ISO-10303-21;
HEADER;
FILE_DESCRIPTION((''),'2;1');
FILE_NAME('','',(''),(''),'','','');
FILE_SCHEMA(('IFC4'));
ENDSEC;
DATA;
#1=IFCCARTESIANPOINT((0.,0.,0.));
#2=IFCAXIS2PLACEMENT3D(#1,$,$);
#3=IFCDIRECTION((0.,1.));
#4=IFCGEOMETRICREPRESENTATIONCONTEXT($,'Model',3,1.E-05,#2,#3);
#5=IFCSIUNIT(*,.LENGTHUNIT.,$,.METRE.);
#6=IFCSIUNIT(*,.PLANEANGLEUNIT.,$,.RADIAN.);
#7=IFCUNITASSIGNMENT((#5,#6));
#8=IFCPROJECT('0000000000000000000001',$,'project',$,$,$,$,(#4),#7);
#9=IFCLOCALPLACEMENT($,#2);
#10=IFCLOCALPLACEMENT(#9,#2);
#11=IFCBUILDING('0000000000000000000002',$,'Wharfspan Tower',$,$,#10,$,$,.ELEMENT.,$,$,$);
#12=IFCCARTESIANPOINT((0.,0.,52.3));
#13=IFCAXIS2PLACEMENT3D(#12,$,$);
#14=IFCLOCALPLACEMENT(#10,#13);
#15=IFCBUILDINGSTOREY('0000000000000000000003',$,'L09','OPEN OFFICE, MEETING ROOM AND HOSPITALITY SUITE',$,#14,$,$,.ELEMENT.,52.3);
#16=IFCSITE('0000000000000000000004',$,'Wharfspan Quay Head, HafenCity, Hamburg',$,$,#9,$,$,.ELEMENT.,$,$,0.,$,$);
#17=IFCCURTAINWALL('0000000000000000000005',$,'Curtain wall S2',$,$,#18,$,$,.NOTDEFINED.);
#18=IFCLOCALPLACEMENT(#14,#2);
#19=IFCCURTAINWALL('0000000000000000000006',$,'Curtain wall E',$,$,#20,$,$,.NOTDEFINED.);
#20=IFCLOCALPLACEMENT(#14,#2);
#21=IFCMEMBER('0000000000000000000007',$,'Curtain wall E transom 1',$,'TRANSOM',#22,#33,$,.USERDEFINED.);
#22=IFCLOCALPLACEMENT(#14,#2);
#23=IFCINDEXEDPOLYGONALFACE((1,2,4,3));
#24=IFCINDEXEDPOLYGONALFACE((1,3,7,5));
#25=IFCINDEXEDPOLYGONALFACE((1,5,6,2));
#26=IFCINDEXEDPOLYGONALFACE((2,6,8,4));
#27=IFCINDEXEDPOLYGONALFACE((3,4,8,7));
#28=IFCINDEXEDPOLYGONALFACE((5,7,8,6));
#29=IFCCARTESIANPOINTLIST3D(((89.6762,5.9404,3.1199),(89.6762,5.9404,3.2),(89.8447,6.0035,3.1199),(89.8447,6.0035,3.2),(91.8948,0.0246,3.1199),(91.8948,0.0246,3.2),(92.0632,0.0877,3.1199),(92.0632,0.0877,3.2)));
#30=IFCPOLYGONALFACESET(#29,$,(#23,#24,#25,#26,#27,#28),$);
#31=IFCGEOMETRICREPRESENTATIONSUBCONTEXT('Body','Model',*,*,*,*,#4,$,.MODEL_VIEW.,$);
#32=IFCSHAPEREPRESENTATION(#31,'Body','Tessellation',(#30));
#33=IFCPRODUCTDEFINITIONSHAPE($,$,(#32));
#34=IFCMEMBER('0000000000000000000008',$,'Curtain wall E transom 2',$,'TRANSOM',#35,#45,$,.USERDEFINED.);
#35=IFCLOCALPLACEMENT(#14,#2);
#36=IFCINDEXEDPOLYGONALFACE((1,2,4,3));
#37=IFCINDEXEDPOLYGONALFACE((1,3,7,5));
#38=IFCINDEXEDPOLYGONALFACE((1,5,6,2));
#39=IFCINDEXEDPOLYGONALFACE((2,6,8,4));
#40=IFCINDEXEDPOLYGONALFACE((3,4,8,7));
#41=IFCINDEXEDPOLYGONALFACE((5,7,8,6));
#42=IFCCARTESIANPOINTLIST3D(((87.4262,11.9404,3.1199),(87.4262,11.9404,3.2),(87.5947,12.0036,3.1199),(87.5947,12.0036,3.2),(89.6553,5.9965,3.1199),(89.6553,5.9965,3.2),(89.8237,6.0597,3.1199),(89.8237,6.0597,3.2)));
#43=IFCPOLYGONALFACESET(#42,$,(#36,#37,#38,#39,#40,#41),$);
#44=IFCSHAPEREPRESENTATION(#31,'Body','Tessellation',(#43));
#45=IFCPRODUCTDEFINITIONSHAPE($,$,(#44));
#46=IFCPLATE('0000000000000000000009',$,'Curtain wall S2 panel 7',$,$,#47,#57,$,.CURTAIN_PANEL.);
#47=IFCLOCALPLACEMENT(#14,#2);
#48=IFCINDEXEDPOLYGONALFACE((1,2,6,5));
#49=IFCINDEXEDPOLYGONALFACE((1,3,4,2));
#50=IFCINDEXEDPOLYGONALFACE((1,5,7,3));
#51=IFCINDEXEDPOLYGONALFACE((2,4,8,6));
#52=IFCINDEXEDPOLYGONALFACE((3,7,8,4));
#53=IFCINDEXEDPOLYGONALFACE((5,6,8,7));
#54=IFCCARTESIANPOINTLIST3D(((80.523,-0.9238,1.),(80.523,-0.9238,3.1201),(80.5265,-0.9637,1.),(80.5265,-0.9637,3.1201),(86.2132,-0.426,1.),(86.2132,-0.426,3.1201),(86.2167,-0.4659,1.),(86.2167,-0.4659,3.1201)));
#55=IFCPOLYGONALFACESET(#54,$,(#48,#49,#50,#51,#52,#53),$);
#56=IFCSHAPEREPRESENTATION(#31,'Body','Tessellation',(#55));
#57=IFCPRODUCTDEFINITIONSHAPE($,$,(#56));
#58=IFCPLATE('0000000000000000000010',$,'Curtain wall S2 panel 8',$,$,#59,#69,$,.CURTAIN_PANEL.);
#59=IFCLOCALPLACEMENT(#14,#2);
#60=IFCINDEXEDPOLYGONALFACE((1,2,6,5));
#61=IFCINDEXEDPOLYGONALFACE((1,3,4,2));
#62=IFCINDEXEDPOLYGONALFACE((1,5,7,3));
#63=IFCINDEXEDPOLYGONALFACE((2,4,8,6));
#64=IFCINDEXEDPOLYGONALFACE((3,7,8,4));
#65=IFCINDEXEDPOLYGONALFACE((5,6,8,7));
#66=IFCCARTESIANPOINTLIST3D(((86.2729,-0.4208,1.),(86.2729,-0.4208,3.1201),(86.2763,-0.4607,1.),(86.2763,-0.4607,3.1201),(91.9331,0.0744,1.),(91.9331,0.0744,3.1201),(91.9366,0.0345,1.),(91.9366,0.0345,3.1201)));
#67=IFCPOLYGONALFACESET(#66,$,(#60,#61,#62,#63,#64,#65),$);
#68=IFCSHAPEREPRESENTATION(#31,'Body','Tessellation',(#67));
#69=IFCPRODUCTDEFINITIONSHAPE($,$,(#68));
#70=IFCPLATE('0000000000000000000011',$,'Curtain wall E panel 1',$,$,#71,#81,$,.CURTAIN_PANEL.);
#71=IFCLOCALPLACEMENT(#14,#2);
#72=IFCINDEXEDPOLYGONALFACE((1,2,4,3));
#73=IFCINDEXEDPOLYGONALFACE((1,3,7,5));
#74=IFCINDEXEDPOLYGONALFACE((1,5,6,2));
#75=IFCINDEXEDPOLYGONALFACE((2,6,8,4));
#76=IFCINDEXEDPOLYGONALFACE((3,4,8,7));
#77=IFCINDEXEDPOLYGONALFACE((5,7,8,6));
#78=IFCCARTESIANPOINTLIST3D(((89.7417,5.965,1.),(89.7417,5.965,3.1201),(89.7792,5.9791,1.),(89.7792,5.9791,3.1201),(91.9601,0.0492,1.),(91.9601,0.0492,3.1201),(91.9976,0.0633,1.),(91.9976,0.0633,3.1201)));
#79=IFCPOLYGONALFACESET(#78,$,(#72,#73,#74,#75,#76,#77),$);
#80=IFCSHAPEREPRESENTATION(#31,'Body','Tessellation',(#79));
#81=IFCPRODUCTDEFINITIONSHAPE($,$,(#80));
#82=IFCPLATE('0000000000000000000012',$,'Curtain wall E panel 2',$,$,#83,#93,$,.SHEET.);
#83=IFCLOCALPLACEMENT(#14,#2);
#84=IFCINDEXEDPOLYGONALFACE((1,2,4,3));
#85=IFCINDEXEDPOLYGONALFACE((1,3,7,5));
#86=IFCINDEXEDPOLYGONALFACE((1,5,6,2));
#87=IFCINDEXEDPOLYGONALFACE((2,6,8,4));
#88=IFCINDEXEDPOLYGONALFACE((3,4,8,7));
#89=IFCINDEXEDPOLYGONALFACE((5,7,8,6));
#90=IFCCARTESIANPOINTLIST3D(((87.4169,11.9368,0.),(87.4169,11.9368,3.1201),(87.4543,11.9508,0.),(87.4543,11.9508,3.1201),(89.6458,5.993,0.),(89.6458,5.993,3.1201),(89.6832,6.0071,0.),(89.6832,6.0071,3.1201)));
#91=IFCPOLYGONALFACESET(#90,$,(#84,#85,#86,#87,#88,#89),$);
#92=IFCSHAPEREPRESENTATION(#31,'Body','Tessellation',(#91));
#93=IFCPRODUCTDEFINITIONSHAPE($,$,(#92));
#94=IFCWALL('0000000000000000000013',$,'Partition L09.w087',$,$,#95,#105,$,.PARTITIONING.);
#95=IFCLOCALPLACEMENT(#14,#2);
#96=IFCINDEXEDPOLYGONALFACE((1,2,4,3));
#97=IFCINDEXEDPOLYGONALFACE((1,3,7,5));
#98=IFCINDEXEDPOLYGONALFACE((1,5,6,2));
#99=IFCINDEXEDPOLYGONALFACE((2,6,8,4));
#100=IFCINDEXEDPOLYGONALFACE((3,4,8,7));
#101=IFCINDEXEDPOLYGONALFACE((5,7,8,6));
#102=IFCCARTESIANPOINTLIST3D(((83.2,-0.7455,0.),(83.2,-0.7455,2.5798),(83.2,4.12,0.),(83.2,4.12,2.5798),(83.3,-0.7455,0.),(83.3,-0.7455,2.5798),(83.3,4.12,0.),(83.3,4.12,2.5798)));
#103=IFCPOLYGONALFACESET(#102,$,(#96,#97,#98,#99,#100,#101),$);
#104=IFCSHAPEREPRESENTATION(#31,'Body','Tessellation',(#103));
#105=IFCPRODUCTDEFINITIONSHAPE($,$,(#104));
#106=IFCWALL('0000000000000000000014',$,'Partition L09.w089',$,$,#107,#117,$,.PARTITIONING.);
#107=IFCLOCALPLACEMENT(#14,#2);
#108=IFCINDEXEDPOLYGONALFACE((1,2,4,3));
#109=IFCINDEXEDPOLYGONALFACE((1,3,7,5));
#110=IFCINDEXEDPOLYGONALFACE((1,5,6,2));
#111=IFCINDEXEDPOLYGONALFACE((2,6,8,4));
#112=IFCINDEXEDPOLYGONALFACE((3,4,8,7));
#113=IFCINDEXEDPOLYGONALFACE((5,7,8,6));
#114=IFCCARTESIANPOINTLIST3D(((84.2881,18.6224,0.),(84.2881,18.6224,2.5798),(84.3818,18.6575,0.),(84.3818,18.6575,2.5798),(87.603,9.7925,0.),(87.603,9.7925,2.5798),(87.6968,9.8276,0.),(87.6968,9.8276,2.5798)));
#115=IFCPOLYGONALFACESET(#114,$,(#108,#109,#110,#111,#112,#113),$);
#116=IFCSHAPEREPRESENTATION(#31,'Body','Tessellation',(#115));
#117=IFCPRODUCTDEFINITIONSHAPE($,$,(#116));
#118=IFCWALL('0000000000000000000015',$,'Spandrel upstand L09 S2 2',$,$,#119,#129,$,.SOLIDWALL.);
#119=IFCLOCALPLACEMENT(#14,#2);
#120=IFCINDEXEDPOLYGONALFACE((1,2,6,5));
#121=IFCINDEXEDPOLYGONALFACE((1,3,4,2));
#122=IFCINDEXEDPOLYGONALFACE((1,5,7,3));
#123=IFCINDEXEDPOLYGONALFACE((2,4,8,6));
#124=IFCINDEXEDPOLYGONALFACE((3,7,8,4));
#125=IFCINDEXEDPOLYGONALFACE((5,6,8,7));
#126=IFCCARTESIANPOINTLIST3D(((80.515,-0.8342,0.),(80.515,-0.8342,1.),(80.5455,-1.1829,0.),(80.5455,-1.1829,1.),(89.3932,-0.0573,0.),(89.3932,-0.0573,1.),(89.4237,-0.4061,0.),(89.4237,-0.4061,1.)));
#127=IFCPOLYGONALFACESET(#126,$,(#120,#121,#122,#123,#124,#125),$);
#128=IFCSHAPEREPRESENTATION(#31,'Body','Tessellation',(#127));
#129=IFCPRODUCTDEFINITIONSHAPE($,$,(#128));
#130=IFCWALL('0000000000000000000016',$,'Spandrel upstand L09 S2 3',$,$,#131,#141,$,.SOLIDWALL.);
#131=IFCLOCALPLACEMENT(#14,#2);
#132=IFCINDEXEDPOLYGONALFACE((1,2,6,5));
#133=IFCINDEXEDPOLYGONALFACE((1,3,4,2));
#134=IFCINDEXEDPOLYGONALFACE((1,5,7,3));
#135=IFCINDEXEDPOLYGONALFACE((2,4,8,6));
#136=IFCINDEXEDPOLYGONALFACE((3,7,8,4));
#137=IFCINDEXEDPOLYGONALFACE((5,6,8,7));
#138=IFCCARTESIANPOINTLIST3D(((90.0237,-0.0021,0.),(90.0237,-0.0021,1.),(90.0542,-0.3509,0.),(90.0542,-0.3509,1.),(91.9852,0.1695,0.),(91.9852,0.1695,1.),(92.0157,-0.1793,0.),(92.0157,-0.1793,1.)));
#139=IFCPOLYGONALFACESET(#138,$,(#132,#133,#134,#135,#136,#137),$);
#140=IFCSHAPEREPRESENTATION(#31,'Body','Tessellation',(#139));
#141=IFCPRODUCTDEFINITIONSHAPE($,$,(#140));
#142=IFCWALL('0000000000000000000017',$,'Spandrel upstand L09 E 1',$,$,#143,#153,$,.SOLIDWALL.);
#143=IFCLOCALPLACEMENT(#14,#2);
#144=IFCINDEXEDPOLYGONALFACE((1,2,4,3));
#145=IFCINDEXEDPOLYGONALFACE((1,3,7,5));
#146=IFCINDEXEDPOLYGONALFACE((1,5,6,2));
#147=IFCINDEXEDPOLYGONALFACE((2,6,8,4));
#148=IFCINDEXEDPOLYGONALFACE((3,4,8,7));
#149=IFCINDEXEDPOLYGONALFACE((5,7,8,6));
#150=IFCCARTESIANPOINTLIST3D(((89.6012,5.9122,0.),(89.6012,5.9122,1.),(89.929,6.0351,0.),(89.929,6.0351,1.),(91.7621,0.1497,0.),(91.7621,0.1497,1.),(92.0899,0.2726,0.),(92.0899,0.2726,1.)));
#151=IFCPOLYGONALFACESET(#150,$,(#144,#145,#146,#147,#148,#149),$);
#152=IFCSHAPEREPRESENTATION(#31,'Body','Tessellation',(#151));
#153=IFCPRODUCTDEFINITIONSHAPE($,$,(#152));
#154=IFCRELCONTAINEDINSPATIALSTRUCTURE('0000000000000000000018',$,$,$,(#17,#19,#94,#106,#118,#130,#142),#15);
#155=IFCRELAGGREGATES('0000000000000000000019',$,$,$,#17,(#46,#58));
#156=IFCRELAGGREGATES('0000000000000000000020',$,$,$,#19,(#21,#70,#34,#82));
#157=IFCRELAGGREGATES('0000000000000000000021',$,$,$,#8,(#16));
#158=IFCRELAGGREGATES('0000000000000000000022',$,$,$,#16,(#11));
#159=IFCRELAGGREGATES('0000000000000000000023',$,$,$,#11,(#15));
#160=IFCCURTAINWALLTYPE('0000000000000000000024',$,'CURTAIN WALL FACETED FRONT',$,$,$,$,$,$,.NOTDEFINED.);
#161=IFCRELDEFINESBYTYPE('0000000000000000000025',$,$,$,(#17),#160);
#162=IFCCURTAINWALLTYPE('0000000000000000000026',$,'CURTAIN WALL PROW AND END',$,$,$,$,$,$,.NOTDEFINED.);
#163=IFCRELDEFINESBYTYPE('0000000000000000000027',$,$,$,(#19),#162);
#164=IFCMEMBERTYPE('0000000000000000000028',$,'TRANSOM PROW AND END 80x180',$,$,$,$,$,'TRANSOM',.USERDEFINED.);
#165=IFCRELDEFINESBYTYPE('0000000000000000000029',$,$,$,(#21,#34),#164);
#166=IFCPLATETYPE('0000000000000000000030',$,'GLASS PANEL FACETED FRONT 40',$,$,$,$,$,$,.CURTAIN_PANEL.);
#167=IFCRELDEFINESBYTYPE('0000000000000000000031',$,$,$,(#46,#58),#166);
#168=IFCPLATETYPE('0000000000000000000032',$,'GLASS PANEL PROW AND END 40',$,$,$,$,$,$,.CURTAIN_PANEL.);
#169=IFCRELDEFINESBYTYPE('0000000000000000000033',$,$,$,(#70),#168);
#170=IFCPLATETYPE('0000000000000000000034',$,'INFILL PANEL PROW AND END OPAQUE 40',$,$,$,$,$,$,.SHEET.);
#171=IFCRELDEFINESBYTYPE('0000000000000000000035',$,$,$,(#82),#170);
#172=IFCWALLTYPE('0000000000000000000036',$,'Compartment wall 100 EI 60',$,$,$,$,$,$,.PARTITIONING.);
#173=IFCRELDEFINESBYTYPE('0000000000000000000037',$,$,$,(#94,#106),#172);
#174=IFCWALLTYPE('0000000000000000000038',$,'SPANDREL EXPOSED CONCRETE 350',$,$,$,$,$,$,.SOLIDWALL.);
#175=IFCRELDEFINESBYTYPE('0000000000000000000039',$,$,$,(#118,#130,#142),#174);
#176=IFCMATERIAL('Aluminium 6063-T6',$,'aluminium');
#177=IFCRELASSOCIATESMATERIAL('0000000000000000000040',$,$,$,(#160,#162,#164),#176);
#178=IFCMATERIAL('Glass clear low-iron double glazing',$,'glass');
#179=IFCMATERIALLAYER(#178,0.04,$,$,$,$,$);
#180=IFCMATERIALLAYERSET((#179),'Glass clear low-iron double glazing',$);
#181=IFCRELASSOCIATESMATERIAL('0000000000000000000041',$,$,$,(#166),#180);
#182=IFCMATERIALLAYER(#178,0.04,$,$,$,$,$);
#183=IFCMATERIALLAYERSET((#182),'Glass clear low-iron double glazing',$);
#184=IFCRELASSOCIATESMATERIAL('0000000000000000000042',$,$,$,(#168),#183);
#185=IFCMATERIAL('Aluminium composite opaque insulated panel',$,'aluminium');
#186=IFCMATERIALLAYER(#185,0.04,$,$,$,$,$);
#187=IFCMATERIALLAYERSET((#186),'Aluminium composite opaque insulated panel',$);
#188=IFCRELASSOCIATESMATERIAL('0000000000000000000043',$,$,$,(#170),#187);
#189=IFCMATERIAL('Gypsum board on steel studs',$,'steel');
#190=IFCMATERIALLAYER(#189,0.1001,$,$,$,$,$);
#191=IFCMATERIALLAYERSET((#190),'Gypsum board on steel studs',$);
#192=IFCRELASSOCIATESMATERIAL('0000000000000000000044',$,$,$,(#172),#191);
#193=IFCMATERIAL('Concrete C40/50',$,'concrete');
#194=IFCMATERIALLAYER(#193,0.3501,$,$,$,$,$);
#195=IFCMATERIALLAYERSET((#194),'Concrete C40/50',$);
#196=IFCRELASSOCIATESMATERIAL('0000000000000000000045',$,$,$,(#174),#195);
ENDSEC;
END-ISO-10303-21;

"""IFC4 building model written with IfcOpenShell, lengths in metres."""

from ifc_helpers import new_model, si_unit, direction, frame, frame_2d, origin, origin_2d, place, context, subcontext, project, spatial, rectangle, extrude, material, layer, layer_set, material_profile, profile_set, type_object, element, aggregate, save


model = new_model("IFC4")

# Units and contexts
model_context = context("Model", 3, precision=1e-05, world=origin(), true_north=direction((0.0, 1.0)))
body_context = subcontext(model_context, "Body", "Model", "MODEL_VIEW")
ifc_project = project(units=[si_unit("LENGTHUNIT", "METRE"), si_unit("PLANEANGLEUNIT", "RADIAN")], contexts=[model_context])

# Site, building, storey
site_placement = place(None, origin())
site = spatial("IfcSite", under=ifc_project, at=site_placement, Name="Wharfspan Quay Head, HafenCity, Hamburg", CompositionType="ELEMENT", RefElevation=0.0)
building_placement = place(site_placement, origin())
building = spatial("IfcBuilding", under=site, at=building_placement, Name="Wharfspan Tower", CompositionType="ELEMENT")
storey_placement = place(building_placement, frame((0.0, 0.0, 52.3)))
storey = spatial("IfcBuildingStorey", under=building, at=storey_placement, Name="L09", Description="OPEN OFFICE, MEETING ROOM AND HOSPITALITY SUITE", CompositionType="ELEMENT", Elevation=52.3)

# Curtain walls
ifc_material_1 = material(Name="Aluminium 6063-T6", Category="aluminium")
curtain_wall_type_1 = type_object("IfcCurtainWallType", Name="CURTAIN WALL FACETED FRONT", PredefinedType="NOTDEFINED", material=ifc_material_1)
curtain_wall_1_placement = place(storey_placement, origin())
curtain_wall_1 = element("IfcCurtainWall", 1, at=curtain_wall_1_placement, inside=storey, type_object=curtain_wall_type_1, Name="Curtain wall S2", PredefinedType="NOTDEFINED")
curtain_wall_type_2 = type_object("IfcCurtainWallType", Name="CURTAIN WALL PROW AND END", PredefinedType="NOTDEFINED", material=ifc_material_1)
curtain_wall_2_placement = place(storey_placement, origin())
curtain_wall_2 = element("IfcCurtainWall", 2, at=curtain_wall_2_placement, inside=storey, type_object=curtain_wall_type_2, Name="Curtain wall E", PredefinedType="NOTDEFINED")

# Members
ifc_material_profile_1 = material_profile(ifc_material_1, rectangle(XDim=0.1799, YDim=0.0801, at=origin_2d()))
ifc_profile_set_1 = profile_set([ifc_material_profile_1], Name="Aluminium 6063-T6")
member_type_1 = type_object("IfcMemberType", Name="TRANSOM PROW AND END 80x180", ElementType="TRANSOM", PredefinedType="USERDEFINED", material=ifc_profile_set_1)
member_1_placement = place(storey_placement, frame((91.979, 0.0562, 3.1599), z_axis=(-0.351136, 0.936324, 0.0), x_axis=(-0.936324, -0.351136, 0.0)))
member_1 = element("IfcMember", 3, at=member_1_placement, type_object=member_type_1, Name="Curtain wall E transom 1", ObjectType="TRANSOM", PredefinedType="USERDEFINED", context=body_context, shape_type="SweptSolid", body=[
    extrude(rectangle(XDim=0.1799, YDim=0.0801, at=origin_2d()), origin(), (0.0, 0.0, 1.0), 6.3181),
])
member_2_placement = place(storey_placement, frame((89.7395, 6.0281, 3.1599), z_axis=(-0.351132, 0.936326, 0.0), x_axis=(-0.936326, -0.351132, 0.0)))
member_2 = element("IfcMember", 4, at=member_2_placement, type_object=member_type_1, Name="Curtain wall E transom 2", ObjectType="TRANSOM", PredefinedType="USERDEFINED", context=body_context, shape_type="SweptSolid", body=[
    extrude(rectangle(XDim=0.1799, YDim=0.0801, at=origin_2d()), origin(), (0.0, 0.0, 1.0), 6.3481),
])

# Plates
ifc_material_2 = material(Name="Glass clear low-iron double glazing", Category="glass")
ifc_layer_1 = layer(ifc_material_2, 0.04)
ifc_layer_set_1 = layer_set([ifc_layer_1], Name="Glass clear low-iron double glazing")
plate_type_1 = type_object("IfcPlateType", Name="GLASS PANEL FACETED FRONT 40", PredefinedType="CURTAIN_PANEL", material=ifc_layer_set_1)
plate_1_placement = place(storey_placement, frame((83.3699, -0.6948, 1.0), z_axis=(0.0, 0.0, 1.0), x_axis=(0.996197, 0.087156, 0.0)))
plate_1 = element("IfcPlate", 5, at=plate_1_placement, type_object=plate_type_1, Name="Curtain wall S2 panel 7", PredefinedType="CURTAIN_PANEL", context=body_context, shape_type="SweptSolid", body=[
    extrude(rectangle(XDim=5.7119, YDim=0.04, at=origin_2d()), origin(), (0.0, 0.0, 1.0), 2.1201),
])
plate_2_placement = place(storey_placement, frame((89.1047, -0.1931, 1.0), z_axis=(0.0, 0.0, 1.0), x_axis=(0.996197, 0.087156, 0.0)))
plate_2 = element("IfcPlate", 6, at=plate_2_placement, type_object=plate_type_1, Name="Curtain wall S2 panel 8", PredefinedType="CURTAIN_PANEL", context=body_context, shape_type="SweptSolid", body=[
    extrude(rectangle(XDim=5.6819, YDim=0.04, at=origin_2d()), origin(), (0.0, 0.0, 1.0), 2.1201),
])
aggregate(curtain_wall_1, [plate_1, plate_2])
ifc_layer_2 = layer(ifc_material_2, 0.04)
ifc_layer_set_2 = layer_set([ifc_layer_2], Name="Glass clear low-iron double glazing")
plate_type_2 = type_object("IfcPlateType", Name="GLASS PANEL PROW AND END 40", PredefinedType="CURTAIN_PANEL", material=ifc_layer_set_2)
plate_3_placement = place(storey_placement, frame((90.8696, 3.0142, 1.0), z_axis=(0.0, 0.0, 1.0), x_axis=(-0.351123, 0.936328, 0.0)))
plate_3 = element("IfcPlate", 7, at=plate_3_placement, type_object=plate_type_2, Name="Curtain wall E panel 1", PredefinedType="CURTAIN_PANEL", context=body_context, shape_type="SweptSolid", body=[
    extrude(rectangle(XDim=6.3181, YDim=0.04, at=origin_2d()), origin(), (0.0, 0.0, 1.0), 2.1201),
])
ifc_material_3 = material(Name="Aluminium composite opaque insulated panel", Category="aluminium")
ifc_layer_3 = layer(ifc_material_3, 0.04)
ifc_layer_set_3 = layer_set([ifc_layer_3], Name="Aluminium composite opaque insulated panel")
plate_type_3 = type_object("IfcPlateType", Name="INFILL PANEL PROW AND END OPAQUE 40", PredefinedType="SHEET", material=ifc_layer_set_3)
plate_4_placement = place(storey_placement, frame((88.55, 8.9719, 0.0), z_axis=(0.0, 0.0, 1.0), x_axis=(-0.351123, 0.936328, 0.0)))
plate_4 = element("IfcPlate", 8, at=plate_4_placement, type_object=plate_type_3, Name="Curtain wall E panel 2", PredefinedType="SHEET", context=body_context, shape_type="SweptSolid", body=[
    extrude(rectangle(XDim=6.3479, YDim=0.04, at=origin_2d()), origin(), (0.0, 0.0, 1.0), 3.1201),
])
aggregate(curtain_wall_2, [member_1, plate_3, member_2, plate_4])

# Walls
ifc_material_4 = material(Name="Gypsum board on steel studs", Category="steel")
ifc_layer_4 = layer(ifc_material_4, 0.1001)
ifc_layer_set_4 = layer_set([ifc_layer_4], Name="Gypsum board on steel studs")
wall_type_1 = type_object("IfcWallType", Name="Compartment wall 100 EI 60", PredefinedType="PARTITIONING", material=ifc_layer_set_4)
wall_1_placement = place(storey_placement, frame((83.25, -0.7454, 0.0), z_axis=(0.0, 0.0, 1.0), x_axis=(0.0, 1.0, 0.0)))
element("IfcWall", 9, at=wall_1_placement, inside=storey, type_object=wall_type_1, Name="Partition L09.w087", PredefinedType="PARTITIONING", context=body_context, shape_type="SweptSolid", body=[
    extrude(rectangle(XDim=4.8655, YDim=0.1001, at=frame_2d((2.4326, 0.0))), origin(), (0.0, 0.0, 1.0), 2.5798),
])
wall_2_placement = place(storey_placement, frame((87.6499, 9.8101, 0.0), z_axis=(0.0, 0.0, 1.0), x_axis=(-0.351473, 0.9362, 0.0)))
element("IfcWall", 10, at=wall_2_placement, inside=storey, type_object=wall_type_1, Name="Partition L09.w089", PredefinedType="PARTITIONING", context=body_context, shape_type="SweptSolid", body=[
    extrude(rectangle(XDim=9.4316, YDim=0.1001, at=frame_2d((4.7158, 0.0))), origin(), (0.0, 0.0, 1.0), 2.5798),
])
ifc_material_5 = material(Name="Concrete C40/50", Category="concrete")
ifc_layer_5 = layer(ifc_material_5, 0.3501)
ifc_layer_set_5 = layer_set([ifc_layer_5], Name="Concrete C40/50")
wall_type_2 = type_object("IfcWallType", Name="SPANDREL EXPOSED CONCRETE 350", PredefinedType="SOLIDWALL", material=ifc_layer_set_5)
wall_3_placement = place(storey_placement, frame((80.5303, -1.0085, 0.0), z_axis=(0.0, 0.0, 1.0), x_axis=(0.996198, 0.087169, 0.0)))
element("IfcWall", 11, at=wall_3_placement, inside=storey, type_object=wall_type_2, Name="Spandrel upstand L09 S2 2", PredefinedType="SOLIDWALL", context=body_context, shape_type="SweptSolid", body=[
    extrude(rectangle(XDim=8.9121, YDim=0.3501, at=frame_2d((4.4561, 0.0))), origin(), (0.0, 0.0, 1.0), 1.0),
])
wall_4_placement = place(storey_placement, frame((90.0391, -0.1765, 0.0), z_axis=(0.0, 0.0, 1.0), x_axis=(0.996193, 0.08717, 0.0)))
element("IfcWall", 12, at=wall_4_placement, inside=storey, type_object=wall_type_2, Name="Spandrel upstand L09 S2 3", PredefinedType="SOLIDWALL", context=body_context, shape_type="SweptSolid", body=[
    extrude(rectangle(XDim=1.969, YDim=0.3501, at=frame_2d((0.9844, 0.0))), origin(), (0.0, 0.0, 1.0), 1.0),
])
wall_5_placement = place(storey_placement, frame((91.926, 0.2112, 0.0), z_axis=(0.0, 0.0, 1.0), x_axis=(-0.351118, 0.936328, 0.0)))
element("IfcWall", 13, at=wall_5_placement, inside=storey, type_object=wall_type_2, Name="Spandrel upstand L09 E 1", PredefinedType="SOLIDWALL", context=body_context, shape_type="SweptSolid", body=[
    extrude(rectangle(XDim=6.1543, YDim=0.3501, at=frame_2d((3.0771, 0.0))), origin(), (0.0, 0.0, 1.0), 1.0),
])

save(model, "model.ifc")
